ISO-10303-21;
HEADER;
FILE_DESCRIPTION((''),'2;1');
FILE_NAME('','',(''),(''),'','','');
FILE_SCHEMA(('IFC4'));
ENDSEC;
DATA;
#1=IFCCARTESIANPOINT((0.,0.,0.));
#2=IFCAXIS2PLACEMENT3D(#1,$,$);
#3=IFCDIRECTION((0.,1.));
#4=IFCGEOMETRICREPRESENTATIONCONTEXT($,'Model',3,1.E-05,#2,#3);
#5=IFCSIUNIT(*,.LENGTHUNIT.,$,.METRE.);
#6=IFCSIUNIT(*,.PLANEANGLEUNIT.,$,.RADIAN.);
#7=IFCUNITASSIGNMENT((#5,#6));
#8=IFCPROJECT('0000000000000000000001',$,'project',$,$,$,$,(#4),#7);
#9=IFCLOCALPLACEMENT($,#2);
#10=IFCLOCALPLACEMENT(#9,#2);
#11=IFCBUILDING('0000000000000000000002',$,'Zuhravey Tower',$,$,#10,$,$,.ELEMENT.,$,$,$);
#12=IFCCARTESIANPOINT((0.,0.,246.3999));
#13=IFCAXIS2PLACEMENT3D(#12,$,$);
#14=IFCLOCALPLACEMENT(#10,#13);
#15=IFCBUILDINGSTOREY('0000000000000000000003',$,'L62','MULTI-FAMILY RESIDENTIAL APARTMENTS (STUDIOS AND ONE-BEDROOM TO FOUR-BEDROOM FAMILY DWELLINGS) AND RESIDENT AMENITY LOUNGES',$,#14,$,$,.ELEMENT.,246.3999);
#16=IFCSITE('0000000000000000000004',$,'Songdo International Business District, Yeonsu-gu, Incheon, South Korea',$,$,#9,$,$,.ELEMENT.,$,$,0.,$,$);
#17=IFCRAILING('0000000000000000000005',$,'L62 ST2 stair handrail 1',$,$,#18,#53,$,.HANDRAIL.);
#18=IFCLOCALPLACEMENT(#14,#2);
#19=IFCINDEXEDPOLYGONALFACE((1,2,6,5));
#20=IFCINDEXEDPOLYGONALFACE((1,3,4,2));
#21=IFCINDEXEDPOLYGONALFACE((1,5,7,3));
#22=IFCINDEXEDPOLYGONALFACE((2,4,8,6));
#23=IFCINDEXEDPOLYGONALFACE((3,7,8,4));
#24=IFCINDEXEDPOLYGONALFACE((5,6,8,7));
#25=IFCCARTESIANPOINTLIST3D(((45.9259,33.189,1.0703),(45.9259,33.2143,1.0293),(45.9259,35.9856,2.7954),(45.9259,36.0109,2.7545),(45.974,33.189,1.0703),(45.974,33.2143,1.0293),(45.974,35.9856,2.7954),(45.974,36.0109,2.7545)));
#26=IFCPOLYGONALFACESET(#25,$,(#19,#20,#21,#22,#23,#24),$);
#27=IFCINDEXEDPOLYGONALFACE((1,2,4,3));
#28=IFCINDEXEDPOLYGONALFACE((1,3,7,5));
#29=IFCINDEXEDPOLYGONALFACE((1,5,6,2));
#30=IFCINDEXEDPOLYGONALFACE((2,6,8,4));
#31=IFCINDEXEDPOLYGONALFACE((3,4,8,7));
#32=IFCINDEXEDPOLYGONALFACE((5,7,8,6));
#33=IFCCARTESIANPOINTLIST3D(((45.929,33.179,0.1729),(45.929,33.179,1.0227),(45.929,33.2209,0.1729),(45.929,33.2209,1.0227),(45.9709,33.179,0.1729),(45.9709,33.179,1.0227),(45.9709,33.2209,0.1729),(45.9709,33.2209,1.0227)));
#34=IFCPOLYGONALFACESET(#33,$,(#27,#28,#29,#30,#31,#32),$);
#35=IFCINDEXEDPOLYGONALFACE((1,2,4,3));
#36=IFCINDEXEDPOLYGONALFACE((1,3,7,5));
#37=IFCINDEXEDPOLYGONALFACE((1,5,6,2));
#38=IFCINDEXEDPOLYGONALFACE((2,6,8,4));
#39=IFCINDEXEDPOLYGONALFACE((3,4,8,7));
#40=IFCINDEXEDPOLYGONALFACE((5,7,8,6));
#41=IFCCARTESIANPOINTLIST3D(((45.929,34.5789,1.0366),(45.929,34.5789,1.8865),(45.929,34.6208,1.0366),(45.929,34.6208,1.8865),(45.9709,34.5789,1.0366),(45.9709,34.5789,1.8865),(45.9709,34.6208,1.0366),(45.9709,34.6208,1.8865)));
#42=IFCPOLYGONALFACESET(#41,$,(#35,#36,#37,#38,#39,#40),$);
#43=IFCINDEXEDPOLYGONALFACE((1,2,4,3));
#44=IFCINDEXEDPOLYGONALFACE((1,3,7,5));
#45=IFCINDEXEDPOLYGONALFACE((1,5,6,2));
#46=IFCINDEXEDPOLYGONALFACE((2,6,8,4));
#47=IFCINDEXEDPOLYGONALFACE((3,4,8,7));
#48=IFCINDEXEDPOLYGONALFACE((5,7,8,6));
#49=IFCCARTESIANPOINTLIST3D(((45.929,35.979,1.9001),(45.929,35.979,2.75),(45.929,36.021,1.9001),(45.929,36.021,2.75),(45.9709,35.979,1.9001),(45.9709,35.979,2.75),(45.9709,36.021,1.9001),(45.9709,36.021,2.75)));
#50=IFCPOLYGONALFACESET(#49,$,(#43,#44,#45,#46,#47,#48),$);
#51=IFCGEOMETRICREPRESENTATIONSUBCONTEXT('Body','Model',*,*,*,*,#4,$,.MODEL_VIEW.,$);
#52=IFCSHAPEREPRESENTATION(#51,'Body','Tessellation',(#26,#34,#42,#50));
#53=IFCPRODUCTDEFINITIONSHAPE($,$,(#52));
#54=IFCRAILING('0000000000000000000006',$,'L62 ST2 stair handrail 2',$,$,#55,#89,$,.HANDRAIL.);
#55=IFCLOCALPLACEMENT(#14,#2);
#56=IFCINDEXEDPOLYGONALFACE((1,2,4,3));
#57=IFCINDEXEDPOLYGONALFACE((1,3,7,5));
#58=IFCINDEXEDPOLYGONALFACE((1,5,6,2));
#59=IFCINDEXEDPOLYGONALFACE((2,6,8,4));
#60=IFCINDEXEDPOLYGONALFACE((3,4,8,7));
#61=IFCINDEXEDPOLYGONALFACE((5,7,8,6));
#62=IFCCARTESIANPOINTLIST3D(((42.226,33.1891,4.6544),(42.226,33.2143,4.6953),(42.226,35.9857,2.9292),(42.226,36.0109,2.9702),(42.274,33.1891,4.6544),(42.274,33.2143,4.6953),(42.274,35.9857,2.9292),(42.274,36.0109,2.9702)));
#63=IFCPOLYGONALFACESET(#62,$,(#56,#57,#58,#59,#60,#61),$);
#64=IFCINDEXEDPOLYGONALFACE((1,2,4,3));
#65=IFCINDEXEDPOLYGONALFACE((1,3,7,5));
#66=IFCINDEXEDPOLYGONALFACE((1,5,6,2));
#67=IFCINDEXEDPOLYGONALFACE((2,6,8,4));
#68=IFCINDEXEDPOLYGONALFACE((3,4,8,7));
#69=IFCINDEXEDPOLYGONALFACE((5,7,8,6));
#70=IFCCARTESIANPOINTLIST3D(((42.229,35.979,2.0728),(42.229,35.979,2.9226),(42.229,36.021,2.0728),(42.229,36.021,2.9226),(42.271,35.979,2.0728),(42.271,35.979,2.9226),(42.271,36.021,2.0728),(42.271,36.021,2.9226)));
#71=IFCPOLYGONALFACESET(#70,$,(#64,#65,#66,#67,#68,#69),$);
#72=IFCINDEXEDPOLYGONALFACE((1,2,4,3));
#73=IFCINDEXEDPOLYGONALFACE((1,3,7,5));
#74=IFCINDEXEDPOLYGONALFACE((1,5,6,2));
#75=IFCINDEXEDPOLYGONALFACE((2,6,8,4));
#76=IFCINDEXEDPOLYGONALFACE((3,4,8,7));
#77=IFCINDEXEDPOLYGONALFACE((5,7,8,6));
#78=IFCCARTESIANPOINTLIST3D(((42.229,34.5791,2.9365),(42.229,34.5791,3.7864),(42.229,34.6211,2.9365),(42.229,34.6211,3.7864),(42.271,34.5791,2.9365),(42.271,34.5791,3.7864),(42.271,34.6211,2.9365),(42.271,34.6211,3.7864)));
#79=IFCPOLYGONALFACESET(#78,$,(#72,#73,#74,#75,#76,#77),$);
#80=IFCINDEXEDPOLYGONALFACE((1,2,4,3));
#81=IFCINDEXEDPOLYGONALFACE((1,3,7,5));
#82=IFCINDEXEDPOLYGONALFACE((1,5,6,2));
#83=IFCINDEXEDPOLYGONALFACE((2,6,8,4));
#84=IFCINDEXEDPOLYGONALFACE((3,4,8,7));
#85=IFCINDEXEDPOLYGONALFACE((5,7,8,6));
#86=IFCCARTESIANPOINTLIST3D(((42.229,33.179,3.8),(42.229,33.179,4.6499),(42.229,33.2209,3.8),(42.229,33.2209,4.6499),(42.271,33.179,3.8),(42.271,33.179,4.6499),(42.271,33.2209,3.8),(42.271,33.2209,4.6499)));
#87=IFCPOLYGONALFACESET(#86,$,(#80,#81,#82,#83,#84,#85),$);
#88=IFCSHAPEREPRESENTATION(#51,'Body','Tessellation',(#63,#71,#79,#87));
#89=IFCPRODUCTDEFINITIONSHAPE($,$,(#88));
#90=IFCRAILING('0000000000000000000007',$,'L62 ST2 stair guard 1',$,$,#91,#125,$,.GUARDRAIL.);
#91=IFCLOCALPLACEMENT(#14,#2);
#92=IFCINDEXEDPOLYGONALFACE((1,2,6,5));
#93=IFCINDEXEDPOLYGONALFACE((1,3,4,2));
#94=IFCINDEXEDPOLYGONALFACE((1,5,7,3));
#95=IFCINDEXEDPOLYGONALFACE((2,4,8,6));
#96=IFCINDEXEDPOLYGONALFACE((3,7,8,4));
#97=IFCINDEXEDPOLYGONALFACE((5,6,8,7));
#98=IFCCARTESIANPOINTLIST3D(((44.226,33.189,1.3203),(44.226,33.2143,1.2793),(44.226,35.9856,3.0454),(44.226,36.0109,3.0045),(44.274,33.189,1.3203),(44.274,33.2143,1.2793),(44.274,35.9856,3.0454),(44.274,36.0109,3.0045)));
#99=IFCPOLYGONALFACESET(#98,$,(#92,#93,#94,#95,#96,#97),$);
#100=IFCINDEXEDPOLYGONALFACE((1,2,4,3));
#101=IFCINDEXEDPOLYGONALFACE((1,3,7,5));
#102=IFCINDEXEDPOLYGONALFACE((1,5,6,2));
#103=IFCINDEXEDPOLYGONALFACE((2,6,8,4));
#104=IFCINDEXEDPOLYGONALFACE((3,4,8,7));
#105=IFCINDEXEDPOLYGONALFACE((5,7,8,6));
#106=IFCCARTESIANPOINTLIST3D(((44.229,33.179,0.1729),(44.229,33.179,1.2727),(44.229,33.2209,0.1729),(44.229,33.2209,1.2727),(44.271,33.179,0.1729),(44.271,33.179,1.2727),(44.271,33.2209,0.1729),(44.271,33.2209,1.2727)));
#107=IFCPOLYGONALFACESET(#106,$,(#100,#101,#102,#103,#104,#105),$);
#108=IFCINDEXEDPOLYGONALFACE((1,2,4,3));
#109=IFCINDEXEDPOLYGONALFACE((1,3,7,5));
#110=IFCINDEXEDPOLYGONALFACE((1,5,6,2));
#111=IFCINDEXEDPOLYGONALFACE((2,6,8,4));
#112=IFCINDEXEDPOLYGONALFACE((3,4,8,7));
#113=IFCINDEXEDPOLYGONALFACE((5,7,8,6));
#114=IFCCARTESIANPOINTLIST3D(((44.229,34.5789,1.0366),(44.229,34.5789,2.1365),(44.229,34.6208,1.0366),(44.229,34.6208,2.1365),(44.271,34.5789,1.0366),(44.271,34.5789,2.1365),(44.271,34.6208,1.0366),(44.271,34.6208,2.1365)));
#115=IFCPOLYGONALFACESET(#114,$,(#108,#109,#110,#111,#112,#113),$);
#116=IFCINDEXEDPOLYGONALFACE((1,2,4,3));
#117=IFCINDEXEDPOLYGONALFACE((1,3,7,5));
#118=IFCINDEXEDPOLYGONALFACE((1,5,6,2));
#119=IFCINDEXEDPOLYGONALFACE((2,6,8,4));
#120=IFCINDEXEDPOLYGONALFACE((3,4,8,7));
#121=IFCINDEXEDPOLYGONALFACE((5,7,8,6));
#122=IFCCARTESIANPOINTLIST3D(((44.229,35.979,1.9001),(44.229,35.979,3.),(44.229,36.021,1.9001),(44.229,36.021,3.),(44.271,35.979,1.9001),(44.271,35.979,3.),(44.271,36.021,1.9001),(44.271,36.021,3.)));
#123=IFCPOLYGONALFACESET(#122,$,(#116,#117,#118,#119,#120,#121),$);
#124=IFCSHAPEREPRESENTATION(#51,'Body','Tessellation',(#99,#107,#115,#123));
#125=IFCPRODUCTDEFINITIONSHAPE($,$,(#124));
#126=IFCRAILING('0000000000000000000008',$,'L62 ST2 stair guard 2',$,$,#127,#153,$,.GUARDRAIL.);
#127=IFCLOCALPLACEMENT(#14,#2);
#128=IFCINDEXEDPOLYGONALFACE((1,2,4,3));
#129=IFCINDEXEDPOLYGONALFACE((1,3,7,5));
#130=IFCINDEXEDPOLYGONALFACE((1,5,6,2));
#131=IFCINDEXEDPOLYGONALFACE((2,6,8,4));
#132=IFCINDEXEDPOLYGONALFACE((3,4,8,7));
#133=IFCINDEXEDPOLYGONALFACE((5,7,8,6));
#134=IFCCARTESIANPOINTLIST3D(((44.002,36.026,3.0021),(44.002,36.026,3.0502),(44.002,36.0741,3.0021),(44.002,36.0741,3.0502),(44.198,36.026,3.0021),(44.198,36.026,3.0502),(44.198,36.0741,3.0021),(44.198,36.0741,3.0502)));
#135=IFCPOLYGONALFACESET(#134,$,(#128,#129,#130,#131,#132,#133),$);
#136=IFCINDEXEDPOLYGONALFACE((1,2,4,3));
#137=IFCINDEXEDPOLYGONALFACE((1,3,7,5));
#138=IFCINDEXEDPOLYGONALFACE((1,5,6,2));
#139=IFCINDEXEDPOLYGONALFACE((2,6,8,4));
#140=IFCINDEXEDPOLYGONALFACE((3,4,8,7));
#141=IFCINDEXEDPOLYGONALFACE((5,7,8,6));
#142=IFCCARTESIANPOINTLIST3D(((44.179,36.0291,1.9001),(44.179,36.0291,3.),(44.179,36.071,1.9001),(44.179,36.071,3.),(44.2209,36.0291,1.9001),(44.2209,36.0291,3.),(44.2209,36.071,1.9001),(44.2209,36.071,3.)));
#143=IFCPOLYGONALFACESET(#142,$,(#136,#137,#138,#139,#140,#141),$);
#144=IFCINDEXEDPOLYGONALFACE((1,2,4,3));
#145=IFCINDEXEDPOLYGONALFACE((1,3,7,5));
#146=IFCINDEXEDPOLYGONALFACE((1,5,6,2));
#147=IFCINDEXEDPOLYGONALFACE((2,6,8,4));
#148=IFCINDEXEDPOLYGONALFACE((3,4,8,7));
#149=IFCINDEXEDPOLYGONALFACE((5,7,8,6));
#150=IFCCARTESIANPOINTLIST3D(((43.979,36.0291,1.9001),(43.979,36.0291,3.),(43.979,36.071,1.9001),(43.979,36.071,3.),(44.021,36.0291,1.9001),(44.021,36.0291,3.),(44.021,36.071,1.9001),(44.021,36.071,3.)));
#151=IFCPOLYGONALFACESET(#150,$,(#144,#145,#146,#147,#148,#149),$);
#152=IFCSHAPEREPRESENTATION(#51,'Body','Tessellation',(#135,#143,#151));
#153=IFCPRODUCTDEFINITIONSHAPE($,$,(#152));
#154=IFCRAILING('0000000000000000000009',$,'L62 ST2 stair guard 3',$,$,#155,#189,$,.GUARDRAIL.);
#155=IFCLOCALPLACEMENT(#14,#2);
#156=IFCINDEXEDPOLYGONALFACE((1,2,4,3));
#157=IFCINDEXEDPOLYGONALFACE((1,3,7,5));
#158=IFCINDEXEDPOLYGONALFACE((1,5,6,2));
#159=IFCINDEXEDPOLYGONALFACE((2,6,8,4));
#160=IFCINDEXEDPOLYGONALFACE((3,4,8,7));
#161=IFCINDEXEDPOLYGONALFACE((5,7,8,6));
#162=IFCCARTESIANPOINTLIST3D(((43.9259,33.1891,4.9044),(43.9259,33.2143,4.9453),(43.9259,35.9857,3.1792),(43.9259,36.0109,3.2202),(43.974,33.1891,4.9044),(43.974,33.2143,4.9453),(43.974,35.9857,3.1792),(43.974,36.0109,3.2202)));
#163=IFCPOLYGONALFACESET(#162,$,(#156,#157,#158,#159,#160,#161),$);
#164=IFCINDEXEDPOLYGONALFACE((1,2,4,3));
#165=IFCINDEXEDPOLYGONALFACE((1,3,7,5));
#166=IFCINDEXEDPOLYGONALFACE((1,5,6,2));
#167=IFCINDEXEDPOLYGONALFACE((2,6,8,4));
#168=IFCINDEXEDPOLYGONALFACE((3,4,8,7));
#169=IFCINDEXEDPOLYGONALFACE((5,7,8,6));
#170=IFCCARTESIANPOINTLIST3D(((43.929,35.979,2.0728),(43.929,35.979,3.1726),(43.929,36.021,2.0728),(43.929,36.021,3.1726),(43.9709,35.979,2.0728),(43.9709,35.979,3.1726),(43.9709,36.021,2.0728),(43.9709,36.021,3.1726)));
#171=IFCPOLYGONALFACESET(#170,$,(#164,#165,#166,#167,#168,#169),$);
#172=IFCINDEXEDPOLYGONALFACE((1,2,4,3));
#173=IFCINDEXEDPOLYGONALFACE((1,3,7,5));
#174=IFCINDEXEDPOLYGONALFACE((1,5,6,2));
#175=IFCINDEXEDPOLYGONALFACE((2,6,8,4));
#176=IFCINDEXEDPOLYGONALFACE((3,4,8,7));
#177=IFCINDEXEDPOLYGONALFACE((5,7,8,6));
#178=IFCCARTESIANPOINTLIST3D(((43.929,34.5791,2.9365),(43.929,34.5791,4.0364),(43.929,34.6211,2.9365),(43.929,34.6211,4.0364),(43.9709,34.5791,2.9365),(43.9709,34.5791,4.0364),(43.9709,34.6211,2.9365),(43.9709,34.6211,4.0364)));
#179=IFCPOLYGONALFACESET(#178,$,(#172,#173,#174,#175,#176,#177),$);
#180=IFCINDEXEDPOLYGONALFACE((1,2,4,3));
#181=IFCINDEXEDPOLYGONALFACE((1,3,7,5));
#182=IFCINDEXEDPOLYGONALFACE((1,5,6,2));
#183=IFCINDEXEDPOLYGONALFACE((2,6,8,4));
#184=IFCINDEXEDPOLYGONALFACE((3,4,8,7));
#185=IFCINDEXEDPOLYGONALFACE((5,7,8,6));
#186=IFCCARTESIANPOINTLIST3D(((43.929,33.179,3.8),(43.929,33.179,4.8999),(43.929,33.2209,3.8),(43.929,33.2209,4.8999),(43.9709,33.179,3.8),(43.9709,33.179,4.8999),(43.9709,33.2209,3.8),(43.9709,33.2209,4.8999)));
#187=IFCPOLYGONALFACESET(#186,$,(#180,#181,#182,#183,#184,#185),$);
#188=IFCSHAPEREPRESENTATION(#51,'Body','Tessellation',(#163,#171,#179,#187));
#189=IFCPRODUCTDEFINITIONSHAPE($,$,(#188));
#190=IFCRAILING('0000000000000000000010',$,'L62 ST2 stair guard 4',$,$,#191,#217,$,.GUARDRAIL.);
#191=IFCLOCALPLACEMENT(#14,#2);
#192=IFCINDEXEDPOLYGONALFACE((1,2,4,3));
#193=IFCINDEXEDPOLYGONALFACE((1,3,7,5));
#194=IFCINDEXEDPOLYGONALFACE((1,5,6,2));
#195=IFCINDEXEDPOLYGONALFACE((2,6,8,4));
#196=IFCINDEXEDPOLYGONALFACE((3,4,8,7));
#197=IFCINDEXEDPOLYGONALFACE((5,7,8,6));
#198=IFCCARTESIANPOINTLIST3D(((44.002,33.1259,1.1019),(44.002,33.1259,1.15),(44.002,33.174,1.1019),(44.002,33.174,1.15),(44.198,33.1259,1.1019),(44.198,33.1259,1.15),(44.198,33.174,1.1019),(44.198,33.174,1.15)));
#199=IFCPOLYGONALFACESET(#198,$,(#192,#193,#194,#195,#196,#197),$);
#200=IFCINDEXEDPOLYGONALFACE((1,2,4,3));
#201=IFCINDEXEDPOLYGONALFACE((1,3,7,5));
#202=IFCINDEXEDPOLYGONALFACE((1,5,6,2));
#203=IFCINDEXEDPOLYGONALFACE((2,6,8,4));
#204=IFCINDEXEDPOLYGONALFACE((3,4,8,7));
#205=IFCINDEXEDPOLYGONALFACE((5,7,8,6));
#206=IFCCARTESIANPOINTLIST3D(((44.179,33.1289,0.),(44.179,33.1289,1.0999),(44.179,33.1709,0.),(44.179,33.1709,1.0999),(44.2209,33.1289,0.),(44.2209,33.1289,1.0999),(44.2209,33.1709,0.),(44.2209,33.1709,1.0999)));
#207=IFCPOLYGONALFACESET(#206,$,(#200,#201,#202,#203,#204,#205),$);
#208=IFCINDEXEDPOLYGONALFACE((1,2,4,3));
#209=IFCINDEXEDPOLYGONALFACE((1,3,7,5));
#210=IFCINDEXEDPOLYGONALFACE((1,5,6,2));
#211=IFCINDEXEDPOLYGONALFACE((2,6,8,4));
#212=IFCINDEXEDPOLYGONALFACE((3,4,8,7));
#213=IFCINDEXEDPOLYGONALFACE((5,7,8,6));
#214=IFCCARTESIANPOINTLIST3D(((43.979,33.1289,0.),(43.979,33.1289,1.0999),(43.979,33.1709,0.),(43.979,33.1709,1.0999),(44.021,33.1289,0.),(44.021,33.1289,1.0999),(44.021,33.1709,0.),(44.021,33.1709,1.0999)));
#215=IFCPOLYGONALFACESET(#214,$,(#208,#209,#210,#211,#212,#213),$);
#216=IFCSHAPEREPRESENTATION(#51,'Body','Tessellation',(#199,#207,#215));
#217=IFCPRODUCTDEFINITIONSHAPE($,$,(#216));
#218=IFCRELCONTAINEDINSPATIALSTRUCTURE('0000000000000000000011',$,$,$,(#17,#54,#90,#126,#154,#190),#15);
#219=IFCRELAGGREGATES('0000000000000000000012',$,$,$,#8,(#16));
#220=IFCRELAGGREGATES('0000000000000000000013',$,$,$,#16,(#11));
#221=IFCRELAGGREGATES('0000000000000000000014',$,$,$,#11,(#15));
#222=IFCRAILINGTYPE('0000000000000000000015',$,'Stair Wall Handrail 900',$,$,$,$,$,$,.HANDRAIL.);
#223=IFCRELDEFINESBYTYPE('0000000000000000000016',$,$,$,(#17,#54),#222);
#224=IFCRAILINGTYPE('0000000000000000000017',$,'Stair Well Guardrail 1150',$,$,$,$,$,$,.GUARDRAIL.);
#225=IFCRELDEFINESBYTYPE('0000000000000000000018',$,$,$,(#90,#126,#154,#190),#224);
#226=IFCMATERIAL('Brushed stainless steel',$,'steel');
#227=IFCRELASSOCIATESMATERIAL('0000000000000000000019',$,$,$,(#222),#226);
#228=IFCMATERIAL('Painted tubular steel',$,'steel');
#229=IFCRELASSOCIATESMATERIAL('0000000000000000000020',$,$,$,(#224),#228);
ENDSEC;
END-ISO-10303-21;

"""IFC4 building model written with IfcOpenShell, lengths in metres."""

from ifc_helpers import new_model, si_unit, direction, frame, origin, origin_2d, place, context, subcontext, project, spatial, rectangle, extrude, material, type_object, element, save


model = new_model("IFC4")

# Units and contexts
model_context = context("Model", 3, precision=1e-05, world=origin(), true_north=direction((0.0, 1.0)))
body_context = subcontext(model_context, "Body", "Model", "MODEL_VIEW")
ifc_project = project(units=[si_unit("LENGTHUNIT", "METRE"), si_unit("PLANEANGLEUNIT", "RADIAN")], contexts=[model_context])

# Site, building, storey
site_placement = place(None, origin())
site = spatial("IfcSite", under=ifc_project, at=site_placement, Name="Songdo International Business District, Yeonsu-gu, Incheon, South Korea", CompositionType="ELEMENT", RefElevation=0.0)
building_placement = place(site_placement, origin())
building = spatial("IfcBuilding", under=site, at=building_placement, Name="Zuhravey Tower", CompositionType="ELEMENT")
storey_placement = place(building_placement, frame((0.0, 0.0, 246.3999)))
storey = spatial("IfcBuildingStorey", under=building, at=storey_placement, Name="L62", Description="MULTI-FAMILY RESIDENTIAL APARTMENTS (STUDIOS AND ONE-BEDROOM TO FOUR-BEDROOM FAMILY DWELLINGS) AND RESIDENT AMENITY LOUNGES", CompositionType="ELEMENT", Elevation=246.3999)

# Railings
ifc_material_1 = material(Name="Brushed stainless steel", Category="steel")
railing_type_1 = type_object("IfcRailingType", Name="Stair Wall Handrail 900", PredefinedType="HANDRAIL", material=ifc_material_1)
railing_1_placement = place(storey_placement, frame((45.95, 33.2, 0.1729)))
element("IfcRailing", 1, at=railing_1_placement, inside=storey, type_object=railing_type_1, Name="L62 ST2 stair handrail 1", PredefinedType="HANDRAIL", context=body_context, shape_type="SweptSolid", body=[
    extrude(rectangle(XDim=0.0481, YDim=0.0481, at=origin_2d()), frame((0.0, 0.0017, 0.877), z_axis=(0.0, 0.85109, 0.52502), x_axis=(-1.0, 0.0, 0.0)), (0.0, 0.0, 1.0), 3.2859),
    extrude(rectangle(XDim=0.042, YDim=0.042, at=origin_2d()), origin(), (0.0, 0.0, 1.0), 0.8499),
    extrude(rectangle(XDim=0.042, YDim=0.042, at=origin_2d()), frame((0.0, 1.3999, 0.8638)), (0.0, 0.0, 1.0), 0.8499),
    extrude(rectangle(XDim=0.042, YDim=0.042, at=origin_2d()), frame((0.0, 2.8, 1.7273)), (0.0, 0.0, 1.0), 0.8499),
])
railing_2_placement = place(storey_placement, frame((42.25, 36.0, 2.0728)))
element("IfcRailing", 2, at=railing_2_placement, inside=storey, type_object=railing_type_1, Name="L62 ST2 stair handrail 2", PredefinedType="HANDRAIL", context=body_context, shape_type="SweptSolid", body=[
    extrude(rectangle(XDim=0.0481, YDim=0.0481, at=origin_2d()), frame((0.0, -0.0017, 0.877), z_axis=(0.0, -0.85109, 0.52502), x_axis=(1.0, 0.0, 0.0)), (0.0, 0.0, 1.0), 3.2859),
    extrude(rectangle(XDim=0.042, YDim=0.042, at=origin_2d()), origin(), (0.0, 0.0, 1.0), 0.8499),
    extrude(rectangle(XDim=0.042, YDim=0.042, at=origin_2d()), frame((0.0, -1.3999, 0.8638)), (0.0, 0.0, 1.0), 0.8499),
    extrude(rectangle(XDim=0.042, YDim=0.042, at=origin_2d()), frame((0.0, -2.8, 1.7273)), (0.0, 0.0, 1.0), 0.8499),
])
ifc_material_2 = material(Name="Painted tubular steel", Category="steel")
railing_type_2 = type_object("IfcRailingType", Name="Stair Well Guardrail 1150", PredefinedType="GUARDRAIL", material=ifc_material_2)
railing_3_placement = place(storey_placement, frame((44.25, 33.2, 0.1729)))
element("IfcRailing", 3, at=railing_3_placement, inside=storey, type_object=railing_type_2, Name="L62 ST2 stair guard 1", PredefinedType="GUARDRAIL", context=body_context, shape_type="SweptSolid", body=[
    extrude(rectangle(XDim=0.0481, YDim=0.0481, at=origin_2d()), frame((0.0, 0.0017, 1.127), z_axis=(0.0, 0.85109, 0.52502), x_axis=(-1.0, 0.0, 0.0)), (0.0, 0.0, 1.0), 3.2859),
    extrude(rectangle(XDim=0.042, YDim=0.042, at=origin_2d()), origin(), (0.0, 0.0, 1.0), 1.0999),
    extrude(rectangle(XDim=0.042, YDim=0.042, at=origin_2d()), frame((0.0, 1.3999, 0.8638)), (0.0, 0.0, 1.0), 1.0999),
    extrude(rectangle(XDim=0.042, YDim=0.042, at=origin_2d()), frame((0.0, 2.8, 1.7273)), (0.0, 0.0, 1.0), 1.0999),
])
railing_4_placement = place(storey_placement, frame((44.2, 36.05, 1.9001)))
element("IfcRailing", 4, at=railing_4_placement, inside=storey, type_object=railing_type_2, Name="L62 ST2 stair guard 2", PredefinedType="GUARDRAIL", context=body_context, shape_type="SweptSolid", body=[
    extrude(rectangle(XDim=0.0481, YDim=0.0481, at=origin_2d()), frame((-0.002, 0.0, 1.126), z_axis=(-1.0, 0.0, 0.0), x_axis=(0.0, -1.0, 0.0)), (0.0, 0.0, 1.0), 0.196),
    extrude(rectangle(XDim=0.042, YDim=0.042, at=origin_2d()), origin(), (0.0, 0.0, 1.0), 1.0999),
    extrude(rectangle(XDim=0.042, YDim=0.042, at=origin_2d()), frame((-0.2, 0.0, 0.0)), (0.0, 0.0, 1.0), 1.0999),
])
railing_5_placement = place(storey_placement, frame((43.95, 36.0, 2.0728)))
element("IfcRailing", 5, at=railing_5_placement, inside=storey, type_object=railing_type_2, Name="L62 ST2 stair guard 3", PredefinedType="GUARDRAIL", context=body_context, shape_type="SweptSolid", body=[
    extrude(rectangle(XDim=0.0481, YDim=0.0481, at=origin_2d()), frame((0.0, -0.0017, 1.127), z_axis=(0.0, -0.85109, 0.52502), x_axis=(1.0, 0.0, 0.0)), (0.0, 0.0, 1.0), 3.2859),
    extrude(rectangle(XDim=0.042, YDim=0.042, at=origin_2d()), origin(), (0.0, 0.0, 1.0), 1.0999),
    extrude(rectangle(XDim=0.042, YDim=0.042, at=origin_2d()), frame((0.0, -1.3999, 0.8638)), (0.0, 0.0, 1.0), 1.0999),
    extrude(rectangle(XDim=0.042, YDim=0.042, at=origin_2d()), frame((0.0, -2.8, 1.7273)), (0.0, 0.0, 1.0), 1.0999),
])
railing_6_placement = place(storey_placement, frame((44.2, 33.1499, 0.0)))
element("IfcRailing", 6, at=railing_6_placement, inside=storey, type_object=railing_type_2, Name="L62 ST2 stair guard 4", PredefinedType="GUARDRAIL", context=body_context, shape_type="SweptSolid", body=[
    extrude(rectangle(XDim=0.0481, YDim=0.0481, at=origin_2d()), frame((-0.002, 0.0, 1.126), z_axis=(-1.0, 0.0, 0.0), x_axis=(0.0, -1.0, 0.0)), (0.0, 0.0, 1.0), 0.196),
    extrude(rectangle(XDim=0.042, YDim=0.042, at=origin_2d()), origin(), (0.0, 0.0, 1.0), 1.0999),
    extrude(rectangle(XDim=0.042, YDim=0.042, at=origin_2d()), frame((-0.2, 0.0, 0.0)), (0.0, 0.0, 1.0), 1.0999),
])

save(model, "model.ifc")
